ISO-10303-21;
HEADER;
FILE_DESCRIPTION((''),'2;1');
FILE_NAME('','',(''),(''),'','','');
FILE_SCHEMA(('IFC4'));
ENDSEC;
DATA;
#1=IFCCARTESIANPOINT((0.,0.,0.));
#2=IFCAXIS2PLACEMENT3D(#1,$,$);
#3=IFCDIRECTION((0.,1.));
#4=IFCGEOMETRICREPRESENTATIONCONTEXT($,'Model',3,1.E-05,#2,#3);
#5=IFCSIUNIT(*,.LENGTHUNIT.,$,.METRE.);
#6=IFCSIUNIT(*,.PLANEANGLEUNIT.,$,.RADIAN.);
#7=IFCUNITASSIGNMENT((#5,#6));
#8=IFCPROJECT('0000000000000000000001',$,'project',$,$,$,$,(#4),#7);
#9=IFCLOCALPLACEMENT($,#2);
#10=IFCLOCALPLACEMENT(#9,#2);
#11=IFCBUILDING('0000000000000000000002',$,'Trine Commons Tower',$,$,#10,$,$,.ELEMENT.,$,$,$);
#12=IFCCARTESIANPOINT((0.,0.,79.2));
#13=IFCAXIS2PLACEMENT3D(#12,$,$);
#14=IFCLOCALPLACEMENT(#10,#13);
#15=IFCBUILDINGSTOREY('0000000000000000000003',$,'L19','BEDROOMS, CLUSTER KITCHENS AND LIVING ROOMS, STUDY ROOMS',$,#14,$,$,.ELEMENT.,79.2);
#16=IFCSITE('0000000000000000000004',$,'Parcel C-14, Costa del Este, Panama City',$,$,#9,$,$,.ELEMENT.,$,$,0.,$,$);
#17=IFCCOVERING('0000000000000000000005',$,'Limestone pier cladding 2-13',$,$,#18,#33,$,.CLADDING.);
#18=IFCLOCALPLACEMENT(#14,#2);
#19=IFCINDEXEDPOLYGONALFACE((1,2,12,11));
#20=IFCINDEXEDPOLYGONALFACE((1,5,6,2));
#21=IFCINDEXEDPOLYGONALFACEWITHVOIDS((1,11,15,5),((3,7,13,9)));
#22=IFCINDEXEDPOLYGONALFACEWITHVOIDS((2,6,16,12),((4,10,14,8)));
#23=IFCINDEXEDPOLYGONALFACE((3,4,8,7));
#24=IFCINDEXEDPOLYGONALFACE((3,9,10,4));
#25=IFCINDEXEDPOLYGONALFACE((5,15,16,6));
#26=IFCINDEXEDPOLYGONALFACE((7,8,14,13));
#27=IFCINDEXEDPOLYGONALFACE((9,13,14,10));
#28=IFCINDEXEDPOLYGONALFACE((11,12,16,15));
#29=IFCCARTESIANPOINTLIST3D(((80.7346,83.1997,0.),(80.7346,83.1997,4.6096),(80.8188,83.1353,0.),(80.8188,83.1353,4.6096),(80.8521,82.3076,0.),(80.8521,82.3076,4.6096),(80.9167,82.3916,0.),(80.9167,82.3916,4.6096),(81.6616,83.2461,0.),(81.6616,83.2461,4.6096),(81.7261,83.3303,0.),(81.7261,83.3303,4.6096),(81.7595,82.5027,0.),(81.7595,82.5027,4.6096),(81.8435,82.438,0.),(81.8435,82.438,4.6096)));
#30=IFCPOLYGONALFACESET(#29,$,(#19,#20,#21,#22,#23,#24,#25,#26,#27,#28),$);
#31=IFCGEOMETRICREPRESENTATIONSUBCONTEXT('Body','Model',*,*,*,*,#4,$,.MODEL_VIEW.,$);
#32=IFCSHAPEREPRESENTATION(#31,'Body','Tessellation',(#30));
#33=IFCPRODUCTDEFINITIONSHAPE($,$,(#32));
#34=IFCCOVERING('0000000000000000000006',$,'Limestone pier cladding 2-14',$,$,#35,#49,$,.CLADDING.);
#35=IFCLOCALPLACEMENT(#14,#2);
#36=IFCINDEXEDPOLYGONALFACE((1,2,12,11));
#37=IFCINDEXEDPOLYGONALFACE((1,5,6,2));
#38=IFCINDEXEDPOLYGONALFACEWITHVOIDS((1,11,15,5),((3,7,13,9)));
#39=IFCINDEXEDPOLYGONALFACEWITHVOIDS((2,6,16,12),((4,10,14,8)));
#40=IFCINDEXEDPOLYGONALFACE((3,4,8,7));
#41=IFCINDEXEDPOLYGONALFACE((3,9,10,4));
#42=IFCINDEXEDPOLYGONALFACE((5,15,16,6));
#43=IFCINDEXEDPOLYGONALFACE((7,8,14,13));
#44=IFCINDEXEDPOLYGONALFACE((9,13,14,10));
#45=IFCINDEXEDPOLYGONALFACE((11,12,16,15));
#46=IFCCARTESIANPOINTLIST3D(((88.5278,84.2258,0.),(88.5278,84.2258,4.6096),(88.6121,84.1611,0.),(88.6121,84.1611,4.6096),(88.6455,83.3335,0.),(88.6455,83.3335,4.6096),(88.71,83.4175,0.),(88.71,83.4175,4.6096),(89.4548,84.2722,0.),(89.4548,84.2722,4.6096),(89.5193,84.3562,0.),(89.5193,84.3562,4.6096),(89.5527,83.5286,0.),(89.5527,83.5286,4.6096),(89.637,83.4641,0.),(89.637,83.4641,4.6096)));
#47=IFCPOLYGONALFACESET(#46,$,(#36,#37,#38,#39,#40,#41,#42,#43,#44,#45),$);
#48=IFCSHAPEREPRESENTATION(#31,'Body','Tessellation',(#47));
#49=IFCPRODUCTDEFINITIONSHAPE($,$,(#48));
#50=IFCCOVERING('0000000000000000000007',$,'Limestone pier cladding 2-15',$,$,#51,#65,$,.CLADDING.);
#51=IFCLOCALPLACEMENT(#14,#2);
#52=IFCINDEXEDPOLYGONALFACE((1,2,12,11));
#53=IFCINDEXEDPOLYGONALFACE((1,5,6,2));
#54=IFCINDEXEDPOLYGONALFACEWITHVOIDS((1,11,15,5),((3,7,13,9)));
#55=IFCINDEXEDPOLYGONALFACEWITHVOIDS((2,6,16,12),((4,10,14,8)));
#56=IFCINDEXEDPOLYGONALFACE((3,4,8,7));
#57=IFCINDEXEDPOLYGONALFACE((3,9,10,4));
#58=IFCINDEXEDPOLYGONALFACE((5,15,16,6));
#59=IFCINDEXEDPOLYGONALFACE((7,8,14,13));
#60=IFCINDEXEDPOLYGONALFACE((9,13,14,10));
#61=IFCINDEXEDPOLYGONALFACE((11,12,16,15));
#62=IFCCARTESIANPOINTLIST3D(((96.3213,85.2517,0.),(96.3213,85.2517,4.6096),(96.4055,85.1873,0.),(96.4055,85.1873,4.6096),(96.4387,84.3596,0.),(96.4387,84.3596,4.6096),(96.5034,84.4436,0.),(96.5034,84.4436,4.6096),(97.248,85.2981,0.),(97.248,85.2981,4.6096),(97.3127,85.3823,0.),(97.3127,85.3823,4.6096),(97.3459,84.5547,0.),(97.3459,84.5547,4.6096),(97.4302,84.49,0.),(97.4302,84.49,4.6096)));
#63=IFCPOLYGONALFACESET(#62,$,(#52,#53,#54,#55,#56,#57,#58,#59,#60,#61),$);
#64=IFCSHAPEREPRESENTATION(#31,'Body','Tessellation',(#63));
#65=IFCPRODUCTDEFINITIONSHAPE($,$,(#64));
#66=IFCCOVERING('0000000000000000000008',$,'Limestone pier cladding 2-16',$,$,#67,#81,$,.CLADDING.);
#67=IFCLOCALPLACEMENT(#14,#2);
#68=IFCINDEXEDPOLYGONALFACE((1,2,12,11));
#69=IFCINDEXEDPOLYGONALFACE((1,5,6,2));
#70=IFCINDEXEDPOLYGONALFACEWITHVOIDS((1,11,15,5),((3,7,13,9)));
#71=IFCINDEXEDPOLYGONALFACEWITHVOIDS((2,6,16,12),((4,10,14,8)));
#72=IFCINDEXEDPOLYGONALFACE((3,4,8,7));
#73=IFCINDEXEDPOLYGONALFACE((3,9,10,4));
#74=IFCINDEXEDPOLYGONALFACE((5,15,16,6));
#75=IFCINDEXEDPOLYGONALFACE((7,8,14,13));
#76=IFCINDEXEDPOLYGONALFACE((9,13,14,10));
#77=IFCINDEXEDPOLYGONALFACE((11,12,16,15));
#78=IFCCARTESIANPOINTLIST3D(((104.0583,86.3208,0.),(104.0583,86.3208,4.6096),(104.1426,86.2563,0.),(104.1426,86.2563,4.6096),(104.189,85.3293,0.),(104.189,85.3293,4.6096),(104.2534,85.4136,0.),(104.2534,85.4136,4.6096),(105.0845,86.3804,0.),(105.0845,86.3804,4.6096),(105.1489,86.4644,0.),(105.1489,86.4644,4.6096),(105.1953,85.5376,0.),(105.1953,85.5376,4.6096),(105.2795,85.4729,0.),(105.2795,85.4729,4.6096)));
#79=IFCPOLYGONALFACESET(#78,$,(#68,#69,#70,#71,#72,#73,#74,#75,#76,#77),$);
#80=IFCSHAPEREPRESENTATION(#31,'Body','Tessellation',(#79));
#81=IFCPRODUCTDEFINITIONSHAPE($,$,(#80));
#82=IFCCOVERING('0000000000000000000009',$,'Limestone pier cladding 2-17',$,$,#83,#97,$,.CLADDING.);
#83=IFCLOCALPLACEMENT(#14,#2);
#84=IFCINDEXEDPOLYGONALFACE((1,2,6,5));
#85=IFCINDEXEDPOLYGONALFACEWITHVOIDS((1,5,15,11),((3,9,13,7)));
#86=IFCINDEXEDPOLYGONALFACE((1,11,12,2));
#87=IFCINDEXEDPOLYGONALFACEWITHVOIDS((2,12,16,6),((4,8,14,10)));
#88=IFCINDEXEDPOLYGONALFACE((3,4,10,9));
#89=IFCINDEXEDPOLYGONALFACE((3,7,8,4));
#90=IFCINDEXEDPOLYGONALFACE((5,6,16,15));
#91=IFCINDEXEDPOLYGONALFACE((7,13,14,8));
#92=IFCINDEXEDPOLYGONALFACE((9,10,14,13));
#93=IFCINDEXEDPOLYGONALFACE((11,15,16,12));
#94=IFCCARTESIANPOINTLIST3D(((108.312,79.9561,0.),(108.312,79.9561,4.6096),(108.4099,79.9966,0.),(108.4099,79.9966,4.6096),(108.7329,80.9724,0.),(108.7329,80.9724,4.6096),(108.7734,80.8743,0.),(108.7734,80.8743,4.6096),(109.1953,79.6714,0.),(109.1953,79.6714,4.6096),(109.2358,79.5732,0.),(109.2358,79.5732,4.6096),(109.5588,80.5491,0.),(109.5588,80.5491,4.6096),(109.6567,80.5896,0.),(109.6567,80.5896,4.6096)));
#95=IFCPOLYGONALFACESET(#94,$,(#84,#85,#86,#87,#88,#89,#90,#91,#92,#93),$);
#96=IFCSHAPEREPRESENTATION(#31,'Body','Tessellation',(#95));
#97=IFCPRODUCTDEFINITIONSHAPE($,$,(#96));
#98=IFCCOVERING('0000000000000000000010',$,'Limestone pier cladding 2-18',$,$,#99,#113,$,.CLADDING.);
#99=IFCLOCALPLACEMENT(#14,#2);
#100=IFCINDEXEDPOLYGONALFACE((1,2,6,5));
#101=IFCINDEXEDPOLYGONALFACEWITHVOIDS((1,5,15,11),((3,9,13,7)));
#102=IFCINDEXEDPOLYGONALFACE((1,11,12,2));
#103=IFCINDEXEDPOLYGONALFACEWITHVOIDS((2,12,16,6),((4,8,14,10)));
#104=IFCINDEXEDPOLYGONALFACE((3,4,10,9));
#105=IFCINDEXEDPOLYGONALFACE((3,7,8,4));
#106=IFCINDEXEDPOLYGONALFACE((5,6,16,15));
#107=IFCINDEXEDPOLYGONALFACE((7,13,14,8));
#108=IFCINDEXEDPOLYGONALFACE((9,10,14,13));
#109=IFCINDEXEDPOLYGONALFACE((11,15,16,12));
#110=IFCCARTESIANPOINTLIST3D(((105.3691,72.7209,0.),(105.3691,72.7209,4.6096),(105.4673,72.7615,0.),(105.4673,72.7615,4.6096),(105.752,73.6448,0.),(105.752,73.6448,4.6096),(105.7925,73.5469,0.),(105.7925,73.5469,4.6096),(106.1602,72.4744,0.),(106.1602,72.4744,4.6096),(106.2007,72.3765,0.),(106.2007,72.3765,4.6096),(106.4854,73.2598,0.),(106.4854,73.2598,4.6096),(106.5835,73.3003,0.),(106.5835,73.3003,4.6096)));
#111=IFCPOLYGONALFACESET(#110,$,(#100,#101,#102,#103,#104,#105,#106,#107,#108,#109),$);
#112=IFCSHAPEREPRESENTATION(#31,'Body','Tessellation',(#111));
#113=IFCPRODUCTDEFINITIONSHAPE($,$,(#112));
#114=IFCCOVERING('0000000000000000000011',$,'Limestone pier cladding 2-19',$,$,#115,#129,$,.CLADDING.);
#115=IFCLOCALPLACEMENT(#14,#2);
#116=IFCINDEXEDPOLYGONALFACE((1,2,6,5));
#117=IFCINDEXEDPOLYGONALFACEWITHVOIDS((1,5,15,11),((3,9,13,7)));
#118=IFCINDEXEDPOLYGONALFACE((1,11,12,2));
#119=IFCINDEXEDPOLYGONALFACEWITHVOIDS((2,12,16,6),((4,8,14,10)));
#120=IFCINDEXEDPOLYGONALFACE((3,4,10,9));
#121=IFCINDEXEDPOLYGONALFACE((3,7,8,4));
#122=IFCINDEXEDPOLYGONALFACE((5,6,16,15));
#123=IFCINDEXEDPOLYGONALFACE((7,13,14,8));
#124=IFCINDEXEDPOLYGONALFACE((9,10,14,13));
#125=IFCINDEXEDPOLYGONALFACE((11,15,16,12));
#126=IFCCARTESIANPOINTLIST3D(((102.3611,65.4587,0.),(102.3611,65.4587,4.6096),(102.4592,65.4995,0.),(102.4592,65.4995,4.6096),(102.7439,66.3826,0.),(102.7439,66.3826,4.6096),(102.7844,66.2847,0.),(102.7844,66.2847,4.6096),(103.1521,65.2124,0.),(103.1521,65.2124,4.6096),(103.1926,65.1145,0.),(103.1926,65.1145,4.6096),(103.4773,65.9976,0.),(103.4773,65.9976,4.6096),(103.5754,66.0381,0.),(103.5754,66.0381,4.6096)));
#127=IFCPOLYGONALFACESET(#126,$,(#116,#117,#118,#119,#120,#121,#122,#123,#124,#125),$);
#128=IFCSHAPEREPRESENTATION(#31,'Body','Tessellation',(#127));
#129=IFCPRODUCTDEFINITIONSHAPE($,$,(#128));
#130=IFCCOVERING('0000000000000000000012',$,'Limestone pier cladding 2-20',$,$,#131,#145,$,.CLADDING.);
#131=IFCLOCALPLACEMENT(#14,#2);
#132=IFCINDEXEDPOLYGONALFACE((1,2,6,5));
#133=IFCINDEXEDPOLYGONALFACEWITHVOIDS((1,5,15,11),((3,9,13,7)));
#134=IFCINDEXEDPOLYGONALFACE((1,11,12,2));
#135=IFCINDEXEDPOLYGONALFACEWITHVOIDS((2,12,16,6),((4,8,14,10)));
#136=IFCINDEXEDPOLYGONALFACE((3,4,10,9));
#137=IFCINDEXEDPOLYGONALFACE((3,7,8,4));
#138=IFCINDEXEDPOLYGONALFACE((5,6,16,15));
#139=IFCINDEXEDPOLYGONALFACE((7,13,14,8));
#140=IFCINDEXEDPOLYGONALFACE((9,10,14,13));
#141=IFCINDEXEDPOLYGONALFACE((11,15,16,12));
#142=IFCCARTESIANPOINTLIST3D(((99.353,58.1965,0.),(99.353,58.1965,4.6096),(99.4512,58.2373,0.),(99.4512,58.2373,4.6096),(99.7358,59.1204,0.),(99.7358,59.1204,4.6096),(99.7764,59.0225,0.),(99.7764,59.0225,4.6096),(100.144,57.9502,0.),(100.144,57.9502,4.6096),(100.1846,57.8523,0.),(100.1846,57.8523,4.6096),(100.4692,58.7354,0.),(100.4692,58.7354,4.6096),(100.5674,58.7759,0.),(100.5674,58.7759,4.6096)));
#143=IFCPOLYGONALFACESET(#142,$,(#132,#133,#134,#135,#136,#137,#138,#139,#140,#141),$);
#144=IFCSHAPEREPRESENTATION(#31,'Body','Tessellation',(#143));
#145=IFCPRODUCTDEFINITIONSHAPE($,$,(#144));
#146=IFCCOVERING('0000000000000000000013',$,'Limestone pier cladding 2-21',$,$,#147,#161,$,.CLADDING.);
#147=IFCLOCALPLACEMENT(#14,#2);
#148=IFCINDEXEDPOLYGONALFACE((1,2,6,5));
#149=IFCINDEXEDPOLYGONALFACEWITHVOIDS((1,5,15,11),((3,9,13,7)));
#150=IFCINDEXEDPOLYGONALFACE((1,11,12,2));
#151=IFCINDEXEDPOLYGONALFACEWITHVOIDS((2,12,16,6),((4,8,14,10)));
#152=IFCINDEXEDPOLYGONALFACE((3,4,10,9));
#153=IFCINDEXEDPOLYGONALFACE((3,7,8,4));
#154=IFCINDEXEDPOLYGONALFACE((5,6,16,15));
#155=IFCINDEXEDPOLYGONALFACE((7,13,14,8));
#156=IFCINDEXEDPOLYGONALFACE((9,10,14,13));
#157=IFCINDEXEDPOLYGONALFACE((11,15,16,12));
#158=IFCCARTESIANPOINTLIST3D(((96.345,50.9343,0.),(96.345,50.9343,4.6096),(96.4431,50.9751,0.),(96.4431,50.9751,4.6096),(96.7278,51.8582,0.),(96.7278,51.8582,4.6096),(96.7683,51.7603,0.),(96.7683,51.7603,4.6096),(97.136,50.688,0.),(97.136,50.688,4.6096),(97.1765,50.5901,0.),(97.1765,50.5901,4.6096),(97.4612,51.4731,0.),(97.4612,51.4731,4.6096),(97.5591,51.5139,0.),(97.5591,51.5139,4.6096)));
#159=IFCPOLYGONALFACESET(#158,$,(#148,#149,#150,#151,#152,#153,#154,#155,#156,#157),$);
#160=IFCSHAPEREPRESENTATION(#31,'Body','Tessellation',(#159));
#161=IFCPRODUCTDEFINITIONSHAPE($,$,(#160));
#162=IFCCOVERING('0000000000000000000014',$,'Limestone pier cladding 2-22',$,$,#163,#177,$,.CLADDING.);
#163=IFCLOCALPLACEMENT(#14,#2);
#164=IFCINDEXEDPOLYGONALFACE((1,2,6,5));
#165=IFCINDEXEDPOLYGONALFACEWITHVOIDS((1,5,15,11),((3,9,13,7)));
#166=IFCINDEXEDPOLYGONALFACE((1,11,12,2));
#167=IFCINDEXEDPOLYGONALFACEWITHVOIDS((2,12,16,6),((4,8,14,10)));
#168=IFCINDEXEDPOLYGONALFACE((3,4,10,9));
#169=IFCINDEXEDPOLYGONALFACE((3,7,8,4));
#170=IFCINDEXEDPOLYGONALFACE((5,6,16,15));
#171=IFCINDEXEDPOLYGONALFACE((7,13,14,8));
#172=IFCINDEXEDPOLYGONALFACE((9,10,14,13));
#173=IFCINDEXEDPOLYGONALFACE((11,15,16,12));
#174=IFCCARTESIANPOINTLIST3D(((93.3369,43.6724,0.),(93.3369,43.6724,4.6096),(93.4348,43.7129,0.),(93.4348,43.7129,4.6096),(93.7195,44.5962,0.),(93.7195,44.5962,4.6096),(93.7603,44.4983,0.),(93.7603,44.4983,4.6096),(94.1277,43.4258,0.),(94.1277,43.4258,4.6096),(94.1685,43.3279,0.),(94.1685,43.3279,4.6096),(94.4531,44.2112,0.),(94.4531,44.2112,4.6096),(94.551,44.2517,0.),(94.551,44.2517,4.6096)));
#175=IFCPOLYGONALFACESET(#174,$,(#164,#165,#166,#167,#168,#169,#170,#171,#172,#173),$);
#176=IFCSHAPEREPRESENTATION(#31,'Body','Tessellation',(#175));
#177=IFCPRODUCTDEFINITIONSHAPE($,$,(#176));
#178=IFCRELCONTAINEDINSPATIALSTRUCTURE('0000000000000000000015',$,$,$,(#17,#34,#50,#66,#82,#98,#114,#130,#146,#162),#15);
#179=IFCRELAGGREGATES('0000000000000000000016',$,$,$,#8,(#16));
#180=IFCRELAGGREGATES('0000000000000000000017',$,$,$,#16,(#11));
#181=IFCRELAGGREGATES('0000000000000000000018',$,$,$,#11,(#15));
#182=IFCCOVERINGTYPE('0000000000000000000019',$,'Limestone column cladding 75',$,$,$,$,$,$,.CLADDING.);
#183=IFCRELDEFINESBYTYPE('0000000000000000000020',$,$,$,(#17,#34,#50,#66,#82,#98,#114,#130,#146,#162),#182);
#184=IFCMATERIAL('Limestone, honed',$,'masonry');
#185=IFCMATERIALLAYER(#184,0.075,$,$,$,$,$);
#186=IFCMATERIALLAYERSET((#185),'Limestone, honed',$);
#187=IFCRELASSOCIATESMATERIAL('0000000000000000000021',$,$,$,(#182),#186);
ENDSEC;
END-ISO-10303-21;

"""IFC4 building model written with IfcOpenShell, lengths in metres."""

from ifc_helpers import new_model, si_unit, direction, frame, origin, place, context, subcontext, project, spatial, polyline, outline, extrude, material, layer, layer_set, type_object, element, save


model = new_model("IFC4")

# Units and contexts
model_context = context("Model", 3, precision=1e-05, world=origin(), true_north=direction((0.0, 1.0)))
body_context = subcontext(model_context, "Body", "Model", "MODEL_VIEW")
ifc_project = project(units=[si_unit("LENGTHUNIT", "METRE"), si_unit("PLANEANGLEUNIT", "RADIAN")], contexts=[model_context])

# Site, building, storey
site_placement = place(None, origin())
site = spatial("IfcSite", under=ifc_project, at=site_placement, Name="Parcel C-14, Costa del Este, Panama City", CompositionType="ELEMENT", RefElevation=0.0)
building_placement = place(site_placement, origin())
building = spatial("IfcBuilding", under=site, at=building_placement, Name="Trine Commons Tower", CompositionType="ELEMENT")
storey_placement = place(building_placement, frame((0.0, 0.0, 79.2)))
storey = spatial("IfcBuildingStorey", under=building, at=storey_placement, Name="L19", Description="BEDROOMS, CLUSTER KITCHENS AND LIVING ROOMS, STUDY ROOMS", CompositionType="ELEMENT", Elevation=79.2)

# Coverings
ifc_material_1 = material(Name="Limestone, honed", Category="masonry")
ifc_layer_1 = layer(ifc_material_1, 0.075)
ifc_layer_set_1 = layer_set([ifc_layer_1], Name="Limestone, honed")
covering_type_1 = type_object("IfcCoveringType", Name="Limestone column cladding 75", PredefinedType="CLADDING", material=ifc_layer_set_1)
covering_1_placement = place(storey_placement, origin())
element("IfcCovering", 1, at=covering_1_placement, inside=storey, type_object=covering_type_1, Name="Limestone pier cladding 2-13", PredefinedType="CLADDING", context=body_context, shape_type="SweptSolid", body=[
    extrude(outline(polyline([(81.8435, 82.438), (81.7261, 83.3303), (80.7346, 83.1997), (80.8521, 82.3076), (81.8435, 82.438)]), holes=[polyline([(81.7595, 82.5027), (81.6616, 83.2461), (80.8188, 83.1353), (80.9167, 82.3916), (81.7595, 82.5027)])]), origin(), (0.0, 0.0, 1.0), 4.6096),
])
covering_2_placement = place(storey_placement, origin())
element("IfcCovering", 2, at=covering_2_placement, inside=storey, type_object=covering_type_1, Name="Limestone pier cladding 2-14", PredefinedType="CLADDING", context=body_context, shape_type="SweptSolid", body=[
    extrude(outline(polyline([(89.637, 83.4641), (89.5193, 84.3562), (88.5278, 84.2258), (88.6455, 83.3335), (89.637, 83.4641)]), holes=[polyline([(89.5527, 83.5286), (89.4548, 84.2722), (88.6121, 84.1611), (88.71, 83.4175), (89.5527, 83.5286)])]), origin(), (0.0, 0.0, 1.0), 4.6096),
])
covering_3_placement = place(storey_placement, origin())
element("IfcCovering", 3, at=covering_3_placement, inside=storey, type_object=covering_type_1, Name="Limestone pier cladding 2-15", PredefinedType="CLADDING", context=body_context, shape_type="SweptSolid", body=[
    extrude(outline(polyline([(97.4302, 84.49), (97.3127, 85.3823), (96.3213, 85.2517), (96.4387, 84.3596), (97.4302, 84.49)]), holes=[polyline([(97.3459, 84.5547), (97.248, 85.2981), (96.4055, 85.1873), (96.5034, 84.4436), (97.3459, 84.5547)])]), origin(), (0.0, 0.0, 1.0), 4.6096),
])
covering_4_placement = place(storey_placement, origin())
element("IfcCovering", 4, at=covering_4_placement, inside=storey, type_object=covering_type_1, Name="Limestone pier cladding 2-16", PredefinedType="CLADDING", context=body_context, shape_type="SweptSolid", body=[
    extrude(outline(polyline([(105.2795, 85.4729), (105.1489, 86.4644), (104.0583, 86.3208), (104.189, 85.3293), (105.2795, 85.4729)]), holes=[polyline([(105.1953, 85.5376), (105.0845, 86.3804), (104.1426, 86.2563), (104.2534, 85.4136), (105.1953, 85.5376)])]), origin(), (0.0, 0.0, 1.0), 4.6096),
])
covering_5_placement = place(storey_placement, origin())
element("IfcCovering", 5, at=covering_5_placement, inside=storey, type_object=covering_type_1, Name="Limestone pier cladding 2-17", PredefinedType="CLADDING", context=body_context, shape_type="SweptSolid", body=[
    extrude(outline(polyline([(109.6567, 80.5896), (108.7329, 80.9724), (108.312, 79.9561), (109.2358, 79.5732), (109.6567, 80.5896)]), holes=[polyline([(109.5588, 80.5491), (108.7734, 80.8743), (108.4099, 79.9966), (109.1953, 79.6714), (109.5588, 80.5491)])]), origin(), (0.0, 0.0, 1.0), 4.6096),
])
covering_6_placement = place(storey_placement, origin())
element("IfcCovering", 6, at=covering_6_placement, inside=storey, type_object=covering_type_1, Name="Limestone pier cladding 2-18", PredefinedType="CLADDING", context=body_context, shape_type="SweptSolid", body=[
    extrude(outline(polyline([(106.5835, 73.3003), (105.752, 73.6448), (105.3691, 72.7209), (106.2007, 72.3765), (106.5835, 73.3003)]), holes=[polyline([(106.4854, 73.2598), (105.7925, 73.5469), (105.4673, 72.7615), (106.1602, 72.4744), (106.4854, 73.2598)])]), origin(), (0.0, 0.0, 1.0), 4.6096),
])
covering_7_placement = place(storey_placement, origin())
element("IfcCovering", 7, at=covering_7_placement, inside=storey, type_object=covering_type_1, Name="Limestone pier cladding 2-19", PredefinedType="CLADDING", context=body_context, shape_type="SweptSolid", body=[
    extrude(outline(polyline([(103.5754, 66.0381), (102.7439, 66.3826), (102.3611, 65.4587), (103.1926, 65.1145), (103.5754, 66.0381)]), holes=[polyline([(103.4773, 65.9976), (102.7844, 66.2847), (102.4592, 65.4995), (103.1521, 65.2124), (103.4773, 65.9976)])]), origin(), (0.0, 0.0, 1.0), 4.6096),
])
covering_8_placement = place(storey_placement, origin())
element("IfcCovering", 8, at=covering_8_placement, inside=storey, type_object=covering_type_1, Name="Limestone pier cladding 2-20", PredefinedType="CLADDING", context=body_context, shape_type="SweptSolid", body=[
    extrude(outline(polyline([(100.5674, 58.7759), (99.7358, 59.1204), (99.353, 58.1965), (100.1846, 57.8523), (100.5674, 58.7759)]), holes=[polyline([(100.4692, 58.7354), (99.7764, 59.0225), (99.4512, 58.2373), (100.144, 57.9502), (100.4692, 58.7354)])]), origin(), (0.0, 0.0, 1.0), 4.6096),
])
covering_9_placement = place(storey_placement, origin())
element("IfcCovering", 9, at=covering_9_placement, inside=storey, type_object=covering_type_1, Name="Limestone pier cladding 2-21", PredefinedType="CLADDING", context=body_context, shape_type="SweptSolid", body=[
    extrude(outline(polyline([(97.5591, 51.5139), (96.7278, 51.8582), (96.345, 50.9343), (97.1765, 50.5901), (97.5591, 51.5139)]), holes=[polyline([(97.4612, 51.4731), (96.7683, 51.7603), (96.4431, 50.9751), (97.136, 50.688), (97.4612, 51.4731)])]), origin(), (0.0, 0.0, 1.0), 4.6096),
])
covering_10_placement = place(storey_placement, origin())
element("IfcCovering", 10, at=covering_10_placement, inside=storey, type_object=covering_type_1, Name="Limestone pier cladding 2-22", PredefinedType="CLADDING", context=body_context, shape_type="SweptSolid", body=[
    extrude(outline(polyline([(94.551, 44.2517), (93.7195, 44.5962), (93.3369, 43.6724), (94.1685, 43.3279), (94.551, 44.2517)]), holes=[polyline([(94.4531, 44.2112), (93.7603, 44.4983), (93.4348, 43.7129), (94.1277, 43.4258), (94.4531, 44.2112)])]), origin(), (0.0, 0.0, 1.0), 4.6096),
])

save(model, "model.ifc")
